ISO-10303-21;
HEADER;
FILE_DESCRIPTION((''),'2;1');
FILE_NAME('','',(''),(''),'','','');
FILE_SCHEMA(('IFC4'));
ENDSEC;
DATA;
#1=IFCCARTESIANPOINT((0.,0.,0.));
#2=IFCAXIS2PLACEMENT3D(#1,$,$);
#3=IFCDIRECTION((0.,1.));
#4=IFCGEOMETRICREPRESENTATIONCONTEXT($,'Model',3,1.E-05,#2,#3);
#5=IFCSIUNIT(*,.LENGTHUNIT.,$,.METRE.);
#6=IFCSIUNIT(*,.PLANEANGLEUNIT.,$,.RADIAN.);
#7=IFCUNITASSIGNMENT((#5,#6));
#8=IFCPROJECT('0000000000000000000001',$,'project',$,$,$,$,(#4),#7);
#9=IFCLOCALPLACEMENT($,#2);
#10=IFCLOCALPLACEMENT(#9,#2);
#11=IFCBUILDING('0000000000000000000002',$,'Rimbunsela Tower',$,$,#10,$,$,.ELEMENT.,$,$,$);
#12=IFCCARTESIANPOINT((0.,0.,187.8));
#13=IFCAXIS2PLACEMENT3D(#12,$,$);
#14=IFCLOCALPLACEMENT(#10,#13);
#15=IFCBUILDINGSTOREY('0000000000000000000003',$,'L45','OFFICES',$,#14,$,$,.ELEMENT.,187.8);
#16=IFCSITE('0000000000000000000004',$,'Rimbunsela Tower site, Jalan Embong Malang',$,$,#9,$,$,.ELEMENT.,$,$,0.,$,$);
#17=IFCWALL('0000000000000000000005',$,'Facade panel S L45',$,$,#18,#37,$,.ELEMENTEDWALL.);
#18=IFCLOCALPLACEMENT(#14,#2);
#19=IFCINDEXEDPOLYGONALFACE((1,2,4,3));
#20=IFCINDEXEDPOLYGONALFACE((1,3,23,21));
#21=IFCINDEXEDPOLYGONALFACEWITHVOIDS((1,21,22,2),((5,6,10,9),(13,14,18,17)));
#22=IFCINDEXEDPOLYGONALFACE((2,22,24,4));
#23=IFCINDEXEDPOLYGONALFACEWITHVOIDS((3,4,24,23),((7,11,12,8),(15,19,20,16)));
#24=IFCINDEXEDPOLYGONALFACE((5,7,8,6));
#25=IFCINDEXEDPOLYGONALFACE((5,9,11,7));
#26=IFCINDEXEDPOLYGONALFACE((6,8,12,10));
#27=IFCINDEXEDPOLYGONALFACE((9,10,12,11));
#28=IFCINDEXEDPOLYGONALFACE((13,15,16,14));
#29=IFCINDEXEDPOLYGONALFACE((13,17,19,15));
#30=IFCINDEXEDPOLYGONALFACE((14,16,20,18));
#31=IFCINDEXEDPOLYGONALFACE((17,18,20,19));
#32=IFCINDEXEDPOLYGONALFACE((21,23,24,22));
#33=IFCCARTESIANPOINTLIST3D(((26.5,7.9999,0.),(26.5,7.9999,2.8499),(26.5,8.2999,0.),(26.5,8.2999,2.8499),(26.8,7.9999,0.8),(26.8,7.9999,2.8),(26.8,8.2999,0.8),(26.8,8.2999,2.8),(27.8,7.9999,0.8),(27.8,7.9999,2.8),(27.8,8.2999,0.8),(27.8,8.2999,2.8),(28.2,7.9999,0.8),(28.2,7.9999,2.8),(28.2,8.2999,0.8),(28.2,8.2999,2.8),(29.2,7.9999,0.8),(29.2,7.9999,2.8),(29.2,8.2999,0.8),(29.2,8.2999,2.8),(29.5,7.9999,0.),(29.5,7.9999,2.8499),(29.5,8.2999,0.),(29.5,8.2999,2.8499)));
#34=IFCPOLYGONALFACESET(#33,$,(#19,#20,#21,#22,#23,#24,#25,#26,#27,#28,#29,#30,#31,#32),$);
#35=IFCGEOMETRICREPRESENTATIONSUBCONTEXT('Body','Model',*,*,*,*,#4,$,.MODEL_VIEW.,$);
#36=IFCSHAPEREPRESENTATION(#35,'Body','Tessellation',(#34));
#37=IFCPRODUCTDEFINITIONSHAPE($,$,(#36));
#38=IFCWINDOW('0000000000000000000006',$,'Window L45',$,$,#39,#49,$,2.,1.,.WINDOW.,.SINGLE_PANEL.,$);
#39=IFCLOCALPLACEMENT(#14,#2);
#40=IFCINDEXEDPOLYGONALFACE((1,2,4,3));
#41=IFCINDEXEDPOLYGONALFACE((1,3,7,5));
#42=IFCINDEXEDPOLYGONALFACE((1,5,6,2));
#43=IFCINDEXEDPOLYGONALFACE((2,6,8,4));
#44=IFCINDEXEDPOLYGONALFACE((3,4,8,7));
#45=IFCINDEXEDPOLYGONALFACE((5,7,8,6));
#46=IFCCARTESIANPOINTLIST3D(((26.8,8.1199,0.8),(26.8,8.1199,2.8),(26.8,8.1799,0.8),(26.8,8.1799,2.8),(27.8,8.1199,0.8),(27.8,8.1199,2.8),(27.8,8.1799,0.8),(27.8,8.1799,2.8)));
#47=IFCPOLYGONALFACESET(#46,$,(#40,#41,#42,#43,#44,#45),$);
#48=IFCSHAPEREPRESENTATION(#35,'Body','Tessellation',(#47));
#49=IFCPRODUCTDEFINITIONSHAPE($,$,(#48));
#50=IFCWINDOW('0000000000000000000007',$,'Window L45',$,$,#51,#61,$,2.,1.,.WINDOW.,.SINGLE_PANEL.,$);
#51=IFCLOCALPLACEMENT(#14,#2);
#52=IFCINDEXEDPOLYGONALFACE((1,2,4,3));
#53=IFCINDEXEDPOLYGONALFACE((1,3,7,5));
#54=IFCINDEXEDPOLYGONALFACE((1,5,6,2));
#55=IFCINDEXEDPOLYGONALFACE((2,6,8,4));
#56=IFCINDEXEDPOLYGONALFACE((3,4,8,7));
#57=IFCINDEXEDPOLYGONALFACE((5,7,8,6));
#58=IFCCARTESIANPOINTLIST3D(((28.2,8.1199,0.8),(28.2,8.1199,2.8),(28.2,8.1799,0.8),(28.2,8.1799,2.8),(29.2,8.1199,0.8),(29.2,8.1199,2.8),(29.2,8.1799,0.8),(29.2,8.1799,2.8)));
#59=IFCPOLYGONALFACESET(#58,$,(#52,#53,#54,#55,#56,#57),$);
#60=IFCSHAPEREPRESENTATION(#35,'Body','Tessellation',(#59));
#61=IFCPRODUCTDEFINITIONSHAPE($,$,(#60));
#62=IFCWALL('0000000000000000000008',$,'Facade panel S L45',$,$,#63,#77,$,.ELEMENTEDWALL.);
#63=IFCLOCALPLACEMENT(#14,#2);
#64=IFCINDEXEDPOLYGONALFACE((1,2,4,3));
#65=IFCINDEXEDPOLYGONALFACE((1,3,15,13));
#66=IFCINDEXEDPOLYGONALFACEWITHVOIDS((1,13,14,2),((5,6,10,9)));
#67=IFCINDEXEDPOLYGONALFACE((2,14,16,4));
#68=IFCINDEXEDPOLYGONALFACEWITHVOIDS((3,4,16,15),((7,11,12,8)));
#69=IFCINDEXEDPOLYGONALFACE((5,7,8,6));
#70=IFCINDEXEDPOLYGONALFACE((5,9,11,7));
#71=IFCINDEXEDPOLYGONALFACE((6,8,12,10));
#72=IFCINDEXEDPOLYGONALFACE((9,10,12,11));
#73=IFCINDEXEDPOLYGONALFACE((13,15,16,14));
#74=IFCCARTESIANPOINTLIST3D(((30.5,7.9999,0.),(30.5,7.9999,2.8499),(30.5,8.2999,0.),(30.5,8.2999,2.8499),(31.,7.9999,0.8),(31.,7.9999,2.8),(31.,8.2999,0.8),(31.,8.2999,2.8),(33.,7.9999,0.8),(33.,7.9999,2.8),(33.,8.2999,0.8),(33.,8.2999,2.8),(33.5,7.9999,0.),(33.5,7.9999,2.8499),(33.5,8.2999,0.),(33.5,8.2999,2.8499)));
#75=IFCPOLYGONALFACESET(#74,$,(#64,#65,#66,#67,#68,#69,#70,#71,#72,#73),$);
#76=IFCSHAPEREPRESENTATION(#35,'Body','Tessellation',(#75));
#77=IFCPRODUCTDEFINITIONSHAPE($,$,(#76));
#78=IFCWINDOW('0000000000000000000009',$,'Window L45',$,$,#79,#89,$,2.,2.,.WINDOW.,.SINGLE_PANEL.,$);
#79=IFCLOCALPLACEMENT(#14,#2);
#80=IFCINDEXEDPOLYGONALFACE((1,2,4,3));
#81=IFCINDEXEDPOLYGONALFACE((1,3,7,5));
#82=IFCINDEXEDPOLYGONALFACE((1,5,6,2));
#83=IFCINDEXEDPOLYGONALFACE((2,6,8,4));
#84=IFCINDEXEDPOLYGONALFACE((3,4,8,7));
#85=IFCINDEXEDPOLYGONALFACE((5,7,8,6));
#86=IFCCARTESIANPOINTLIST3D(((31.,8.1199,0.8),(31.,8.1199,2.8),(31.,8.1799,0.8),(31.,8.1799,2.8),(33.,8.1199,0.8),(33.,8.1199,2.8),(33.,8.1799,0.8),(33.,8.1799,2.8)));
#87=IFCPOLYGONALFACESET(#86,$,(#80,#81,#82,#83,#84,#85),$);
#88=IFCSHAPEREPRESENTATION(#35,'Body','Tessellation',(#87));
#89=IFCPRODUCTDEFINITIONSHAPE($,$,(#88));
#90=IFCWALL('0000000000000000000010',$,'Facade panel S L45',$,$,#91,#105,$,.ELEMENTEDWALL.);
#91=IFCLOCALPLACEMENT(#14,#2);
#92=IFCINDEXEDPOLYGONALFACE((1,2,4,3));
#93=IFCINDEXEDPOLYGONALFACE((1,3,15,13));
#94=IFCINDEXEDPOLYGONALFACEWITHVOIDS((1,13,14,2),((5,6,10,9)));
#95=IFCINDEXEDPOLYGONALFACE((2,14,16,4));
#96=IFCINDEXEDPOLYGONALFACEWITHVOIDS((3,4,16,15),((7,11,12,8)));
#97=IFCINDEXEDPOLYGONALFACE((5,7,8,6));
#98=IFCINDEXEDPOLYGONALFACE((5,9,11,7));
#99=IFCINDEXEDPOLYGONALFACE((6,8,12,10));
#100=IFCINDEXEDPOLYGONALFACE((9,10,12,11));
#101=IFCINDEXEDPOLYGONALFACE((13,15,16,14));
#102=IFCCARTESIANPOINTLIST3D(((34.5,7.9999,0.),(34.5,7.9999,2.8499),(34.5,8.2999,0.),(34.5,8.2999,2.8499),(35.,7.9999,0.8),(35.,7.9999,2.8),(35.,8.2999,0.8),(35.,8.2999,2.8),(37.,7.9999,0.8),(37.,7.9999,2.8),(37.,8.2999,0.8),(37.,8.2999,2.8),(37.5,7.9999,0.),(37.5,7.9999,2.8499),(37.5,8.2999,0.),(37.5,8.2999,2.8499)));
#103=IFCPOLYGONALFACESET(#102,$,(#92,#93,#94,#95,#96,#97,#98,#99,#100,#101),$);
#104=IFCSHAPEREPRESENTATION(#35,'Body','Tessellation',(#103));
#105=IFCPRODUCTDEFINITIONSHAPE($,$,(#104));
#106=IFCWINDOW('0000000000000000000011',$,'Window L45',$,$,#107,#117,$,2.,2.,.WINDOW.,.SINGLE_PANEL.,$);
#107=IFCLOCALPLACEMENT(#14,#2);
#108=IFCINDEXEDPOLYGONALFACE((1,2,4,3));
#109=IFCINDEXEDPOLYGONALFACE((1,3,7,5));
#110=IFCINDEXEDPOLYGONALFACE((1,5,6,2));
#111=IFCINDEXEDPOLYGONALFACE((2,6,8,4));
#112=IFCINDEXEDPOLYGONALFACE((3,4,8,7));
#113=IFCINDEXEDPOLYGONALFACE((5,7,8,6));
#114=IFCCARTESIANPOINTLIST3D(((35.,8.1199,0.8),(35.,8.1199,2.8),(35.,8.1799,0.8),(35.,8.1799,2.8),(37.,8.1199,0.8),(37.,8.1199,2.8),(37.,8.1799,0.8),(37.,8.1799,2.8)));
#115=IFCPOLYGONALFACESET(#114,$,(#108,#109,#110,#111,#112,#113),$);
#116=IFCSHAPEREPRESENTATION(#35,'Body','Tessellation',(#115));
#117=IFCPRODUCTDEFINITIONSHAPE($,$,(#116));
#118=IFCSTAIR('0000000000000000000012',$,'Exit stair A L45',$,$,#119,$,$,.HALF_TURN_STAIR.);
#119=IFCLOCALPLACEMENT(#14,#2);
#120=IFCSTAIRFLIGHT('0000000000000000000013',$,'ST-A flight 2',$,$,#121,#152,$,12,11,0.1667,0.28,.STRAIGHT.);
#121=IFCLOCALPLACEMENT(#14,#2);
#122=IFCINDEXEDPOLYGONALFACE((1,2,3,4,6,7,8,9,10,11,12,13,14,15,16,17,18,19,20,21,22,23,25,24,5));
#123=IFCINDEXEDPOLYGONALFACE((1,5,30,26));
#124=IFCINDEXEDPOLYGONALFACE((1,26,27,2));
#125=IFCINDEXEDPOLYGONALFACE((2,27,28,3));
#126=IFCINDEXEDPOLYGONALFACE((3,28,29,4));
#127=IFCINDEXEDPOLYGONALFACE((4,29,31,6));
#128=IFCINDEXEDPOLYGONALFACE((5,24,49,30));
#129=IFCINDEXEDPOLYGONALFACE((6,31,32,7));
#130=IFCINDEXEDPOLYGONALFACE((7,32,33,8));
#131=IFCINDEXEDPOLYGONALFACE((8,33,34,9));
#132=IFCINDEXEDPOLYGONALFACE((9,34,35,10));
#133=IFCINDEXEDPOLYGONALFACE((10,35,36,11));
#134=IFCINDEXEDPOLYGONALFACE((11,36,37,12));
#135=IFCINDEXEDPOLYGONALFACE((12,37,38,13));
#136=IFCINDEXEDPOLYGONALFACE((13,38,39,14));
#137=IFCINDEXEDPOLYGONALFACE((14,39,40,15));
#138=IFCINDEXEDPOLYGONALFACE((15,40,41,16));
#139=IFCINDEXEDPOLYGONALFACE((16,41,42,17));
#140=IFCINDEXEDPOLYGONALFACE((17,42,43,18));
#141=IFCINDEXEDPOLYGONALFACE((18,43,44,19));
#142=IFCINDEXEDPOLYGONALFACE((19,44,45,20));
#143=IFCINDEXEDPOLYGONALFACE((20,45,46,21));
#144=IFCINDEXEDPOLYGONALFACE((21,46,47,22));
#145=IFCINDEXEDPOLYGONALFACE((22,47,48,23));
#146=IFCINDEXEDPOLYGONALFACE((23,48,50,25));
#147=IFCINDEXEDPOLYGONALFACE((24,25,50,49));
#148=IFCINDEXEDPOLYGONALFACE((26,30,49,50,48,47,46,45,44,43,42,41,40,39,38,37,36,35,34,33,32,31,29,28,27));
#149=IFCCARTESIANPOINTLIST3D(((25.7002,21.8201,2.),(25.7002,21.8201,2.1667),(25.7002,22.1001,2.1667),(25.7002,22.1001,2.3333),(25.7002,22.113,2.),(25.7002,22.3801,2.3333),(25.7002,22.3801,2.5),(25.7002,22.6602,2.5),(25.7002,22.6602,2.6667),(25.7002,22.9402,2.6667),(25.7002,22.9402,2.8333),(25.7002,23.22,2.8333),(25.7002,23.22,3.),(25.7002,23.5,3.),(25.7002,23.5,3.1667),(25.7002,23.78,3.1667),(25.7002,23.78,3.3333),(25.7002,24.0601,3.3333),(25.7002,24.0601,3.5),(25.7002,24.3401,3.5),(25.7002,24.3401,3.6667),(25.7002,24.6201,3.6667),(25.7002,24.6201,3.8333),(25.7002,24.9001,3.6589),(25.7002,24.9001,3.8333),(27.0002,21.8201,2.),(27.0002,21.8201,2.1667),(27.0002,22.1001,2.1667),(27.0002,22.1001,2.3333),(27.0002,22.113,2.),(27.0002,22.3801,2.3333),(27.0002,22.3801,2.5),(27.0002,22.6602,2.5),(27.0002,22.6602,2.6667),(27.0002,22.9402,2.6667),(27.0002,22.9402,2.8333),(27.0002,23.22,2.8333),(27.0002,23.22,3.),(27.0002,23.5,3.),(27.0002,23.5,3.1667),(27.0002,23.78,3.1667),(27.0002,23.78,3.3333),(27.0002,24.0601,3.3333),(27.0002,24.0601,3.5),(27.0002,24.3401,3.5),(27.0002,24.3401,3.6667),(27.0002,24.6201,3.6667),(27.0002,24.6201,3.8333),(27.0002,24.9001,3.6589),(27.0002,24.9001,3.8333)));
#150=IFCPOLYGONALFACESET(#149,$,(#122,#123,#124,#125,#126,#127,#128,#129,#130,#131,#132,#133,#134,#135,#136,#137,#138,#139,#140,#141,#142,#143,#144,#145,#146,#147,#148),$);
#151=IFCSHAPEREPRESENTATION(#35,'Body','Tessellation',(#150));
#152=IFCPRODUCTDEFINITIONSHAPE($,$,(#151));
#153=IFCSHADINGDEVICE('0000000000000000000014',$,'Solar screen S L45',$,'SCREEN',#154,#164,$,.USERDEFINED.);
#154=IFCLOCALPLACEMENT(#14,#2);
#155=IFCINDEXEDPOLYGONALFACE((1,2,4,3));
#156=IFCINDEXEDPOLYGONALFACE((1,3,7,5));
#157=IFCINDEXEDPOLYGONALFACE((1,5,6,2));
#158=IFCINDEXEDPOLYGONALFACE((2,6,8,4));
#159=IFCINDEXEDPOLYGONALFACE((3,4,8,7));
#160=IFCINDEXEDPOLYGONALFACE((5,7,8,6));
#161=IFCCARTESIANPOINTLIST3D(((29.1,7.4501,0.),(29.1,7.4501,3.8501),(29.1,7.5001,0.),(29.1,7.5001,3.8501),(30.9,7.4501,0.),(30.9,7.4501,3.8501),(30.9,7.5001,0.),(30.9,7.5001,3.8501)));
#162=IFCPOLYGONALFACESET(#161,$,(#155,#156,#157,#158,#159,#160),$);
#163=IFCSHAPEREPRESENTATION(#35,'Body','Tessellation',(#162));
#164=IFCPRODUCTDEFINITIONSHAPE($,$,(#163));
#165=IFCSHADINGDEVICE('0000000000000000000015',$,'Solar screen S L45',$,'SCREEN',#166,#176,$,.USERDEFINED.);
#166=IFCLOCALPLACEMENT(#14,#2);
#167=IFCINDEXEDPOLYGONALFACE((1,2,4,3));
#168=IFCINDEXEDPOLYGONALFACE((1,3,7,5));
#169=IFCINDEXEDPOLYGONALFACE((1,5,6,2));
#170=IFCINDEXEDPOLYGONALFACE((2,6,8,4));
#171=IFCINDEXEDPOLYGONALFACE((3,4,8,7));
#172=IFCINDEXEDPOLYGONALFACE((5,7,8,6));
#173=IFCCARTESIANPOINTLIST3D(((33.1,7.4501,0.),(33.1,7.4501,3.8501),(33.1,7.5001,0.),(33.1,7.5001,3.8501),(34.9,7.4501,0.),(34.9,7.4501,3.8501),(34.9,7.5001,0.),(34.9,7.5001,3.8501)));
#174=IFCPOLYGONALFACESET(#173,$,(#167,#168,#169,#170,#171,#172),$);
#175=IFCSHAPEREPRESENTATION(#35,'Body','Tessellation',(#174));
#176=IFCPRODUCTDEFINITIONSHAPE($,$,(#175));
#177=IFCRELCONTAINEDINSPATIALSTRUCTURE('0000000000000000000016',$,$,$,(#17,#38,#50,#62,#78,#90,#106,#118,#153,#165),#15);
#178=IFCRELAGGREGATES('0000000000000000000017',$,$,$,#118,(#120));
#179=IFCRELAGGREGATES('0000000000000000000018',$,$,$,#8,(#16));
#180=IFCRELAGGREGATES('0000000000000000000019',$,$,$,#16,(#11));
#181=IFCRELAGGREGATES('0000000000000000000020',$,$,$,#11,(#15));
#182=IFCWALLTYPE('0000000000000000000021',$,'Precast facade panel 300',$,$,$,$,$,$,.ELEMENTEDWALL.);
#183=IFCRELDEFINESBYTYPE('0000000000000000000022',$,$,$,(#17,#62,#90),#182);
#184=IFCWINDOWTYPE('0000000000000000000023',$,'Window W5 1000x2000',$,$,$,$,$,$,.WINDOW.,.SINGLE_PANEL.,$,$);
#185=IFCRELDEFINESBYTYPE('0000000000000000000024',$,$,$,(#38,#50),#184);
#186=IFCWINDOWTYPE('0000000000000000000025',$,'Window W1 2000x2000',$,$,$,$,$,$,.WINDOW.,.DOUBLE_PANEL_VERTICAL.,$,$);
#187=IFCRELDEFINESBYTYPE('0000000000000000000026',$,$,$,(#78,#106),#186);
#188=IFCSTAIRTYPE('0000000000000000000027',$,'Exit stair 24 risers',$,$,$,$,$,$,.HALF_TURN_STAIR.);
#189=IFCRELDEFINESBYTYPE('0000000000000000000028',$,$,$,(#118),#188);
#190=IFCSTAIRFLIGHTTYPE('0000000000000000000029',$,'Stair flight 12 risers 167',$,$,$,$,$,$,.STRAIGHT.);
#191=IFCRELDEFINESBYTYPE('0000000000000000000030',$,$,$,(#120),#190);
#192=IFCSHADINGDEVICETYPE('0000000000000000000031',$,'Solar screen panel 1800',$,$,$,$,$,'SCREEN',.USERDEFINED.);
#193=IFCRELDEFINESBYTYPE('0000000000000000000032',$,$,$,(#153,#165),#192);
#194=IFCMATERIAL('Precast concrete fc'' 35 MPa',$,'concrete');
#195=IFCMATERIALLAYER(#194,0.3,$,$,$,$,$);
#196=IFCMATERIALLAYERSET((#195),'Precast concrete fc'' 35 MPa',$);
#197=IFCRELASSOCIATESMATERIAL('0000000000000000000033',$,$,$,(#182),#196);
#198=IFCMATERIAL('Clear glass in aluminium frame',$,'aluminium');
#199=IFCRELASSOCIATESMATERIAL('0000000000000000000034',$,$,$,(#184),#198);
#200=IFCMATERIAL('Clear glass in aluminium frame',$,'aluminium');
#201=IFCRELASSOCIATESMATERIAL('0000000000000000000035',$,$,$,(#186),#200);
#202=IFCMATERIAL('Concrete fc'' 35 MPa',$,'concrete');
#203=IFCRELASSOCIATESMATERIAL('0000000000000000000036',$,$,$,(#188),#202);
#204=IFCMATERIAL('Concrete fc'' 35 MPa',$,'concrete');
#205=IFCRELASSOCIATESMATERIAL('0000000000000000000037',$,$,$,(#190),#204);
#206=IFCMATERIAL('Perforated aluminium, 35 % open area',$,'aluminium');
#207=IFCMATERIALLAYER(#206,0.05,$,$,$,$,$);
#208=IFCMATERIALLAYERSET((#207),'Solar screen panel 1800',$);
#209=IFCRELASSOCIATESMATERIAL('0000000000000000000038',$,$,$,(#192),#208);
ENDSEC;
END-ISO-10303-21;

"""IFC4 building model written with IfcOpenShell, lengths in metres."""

from ifc_helpers import new_model, si_unit, direction, frame, frame_2d, origin, origin_2d, place, context, subcontext, project, spatial, polyline, rectangle, outline, extrude, material, layer, layer_set, type_object, element, fill, aggregate, save


model = new_model("IFC4")

# Units and contexts
model_context = context("Model", 3, precision=1e-05, world=origin(), true_north=direction((0.0, 1.0)))
body_context = subcontext(model_context, "Body", "Model", "MODEL_VIEW")
ifc_project = project(units=[si_unit("LENGTHUNIT", "METRE"), si_unit("PLANEANGLEUNIT", "RADIAN")], contexts=[model_context])

# Site, building, storey
site_placement = place(None, origin())
site = spatial("IfcSite", under=ifc_project, at=site_placement, Name="Rimbunsela Tower site, Jalan Embong Malang", CompositionType="ELEMENT", RefElevation=0.0)
building_placement = place(site_placement, origin())
building = spatial("IfcBuilding", under=site, at=building_placement, Name="Rimbunsela Tower", CompositionType="ELEMENT")
storey_placement = place(building_placement, frame((0.0, 0.0, 187.8)))
storey = spatial("IfcBuildingStorey", under=building, at=storey_placement, Name="L45", Description="OFFICES", CompositionType="ELEMENT", Elevation=187.8)

# Wall, openings, windows
ifc_material_1 = material(Name="Precast concrete fc' 35 MPa", Category="concrete")
ifc_layer_1 = layer(ifc_material_1, 0.3)
ifc_layer_set_1 = layer_set([ifc_layer_1], Name="Precast concrete fc' 35 MPa")
wall_type_1 = type_object("IfcWallType", Name="Precast facade panel 300", PredefinedType="ELEMENTEDWALL", material=ifc_layer_set_1)
wall_1_placement = place(storey_placement, frame((26.5, 8.1499, 0.0), z_axis=(0.0, 0.0, 1.0), x_axis=(1.0, 0.0, 0.0)))
wall_1 = element("IfcWall", 1, at=wall_1_placement, inside=storey, type_object=wall_type_1, Name="Facade panel S L45", PredefinedType="ELEMENTEDWALL", context=body_context, shape_type="SweptSolid", body=[
    extrude(rectangle(XDim=3.0, YDim=0.3, at=frame_2d((1.5, 0.0))), origin(), (0.0, 0.0, 1.0), 2.8499),
])
opening_1_placement = place(wall_1_placement, frame((0.3, 0.0, 0.8)))
opening_1 = element("IfcOpeningElement", 2, at=opening_1_placement, cuts=wall_1, PredefinedType="OPENING", context=body_context, shape_type="SweptSolid", body=[
    extrude(rectangle(XDim=1.0, YDim=2.0, at=frame_2d((0.5, 1.0))), frame((0.0, 0.1599, 0.0), z_axis=(0.0, -1.0, 0.0), x_axis=(1.0, 0.0, 0.0)), (0.0, 0.0, 1.0), 0.3201),
])
opening_2_placement = place(wall_1_placement, frame((1.7, 0.0, 0.8)))
opening_2 = element("IfcOpeningElement", 3, at=opening_2_placement, cuts=wall_1, PredefinedType="OPENING", context=body_context, shape_type="SweptSolid", body=[
    extrude(rectangle(XDim=1.0, YDim=2.0, at=frame_2d((0.5, 1.0))), frame((0.0, 0.1599, 0.0), z_axis=(0.0, -1.0, 0.0), x_axis=(1.0, 0.0, 0.0)), (0.0, 0.0, 1.0), 0.3201),
])
ifc_material_2 = material(Name="Clear glass in aluminium frame", Category="aluminium")
window_type_1 = type_object("IfcWindowType", Name="Window W5 1000x2000", PartitioningType="SINGLE_PANEL", PredefinedType="WINDOW", material=ifc_material_2)
window_1_placement = place(opening_1_placement, origin())
window_1 = element("IfcWindow", 4, at=window_1_placement, inside=storey, type_object=window_type_1, Name="Window L45", OverallHeight=2.0, OverallWidth=1.0, PartitioningType="SINGLE_PANEL", PredefinedType="WINDOW", context=body_context, shape_type="SweptSolid", body=[
    extrude(rectangle(XDim=1.0, YDim=2.0, at=frame_2d((0.5, 1.0))), frame((0.0, 0.03, 0.0), z_axis=(0.0, -1.0, 0.0), x_axis=(1.0, 0.0, 0.0)), (0.0, 0.0, 1.0), 0.0601),
])
fill(opening_1, window_1)
window_2_placement = place(opening_2_placement, origin())
window_2 = element("IfcWindow", 5, at=window_2_placement, inside=storey, type_object=window_type_1, Name="Window L45", OverallHeight=2.0, OverallWidth=1.0, PartitioningType="SINGLE_PANEL", PredefinedType="WINDOW", context=body_context, shape_type="SweptSolid", body=[
    extrude(rectangle(XDim=1.0, YDim=2.0, at=frame_2d((0.5, 1.0))), frame((0.0, 0.03, 0.0), z_axis=(0.0, -1.0, 0.0), x_axis=(1.0, 0.0, 0.0)), (0.0, 0.0, 1.0), 0.0601),
])
fill(opening_2, window_2)

# Walls, openings, windows
wall_2_placement = place(storey_placement, frame((30.5, 8.1499, 0.0), z_axis=(0.0, 0.0, 1.0), x_axis=(1.0, 0.0, 0.0)))
wall_2 = element("IfcWall", 6, at=wall_2_placement, inside=storey, type_object=wall_type_1, Name="Facade panel S L45", PredefinedType="ELEMENTEDWALL", context=body_context, shape_type="SweptSolid", body=[
    extrude(rectangle(XDim=3.0, YDim=0.3, at=frame_2d((1.5, 0.0))), origin(), (0.0, 0.0, 1.0), 2.8499),
])
opening_3_placement = place(wall_2_placement, frame((0.5, 0.0, 0.8)))
opening_3 = element("IfcOpeningElement", 7, at=opening_3_placement, cuts=wall_2, PredefinedType="OPENING", context=body_context, shape_type="SweptSolid", body=[
    extrude(rectangle(XDim=2.0, YDim=2.0, at=frame_2d((1.0, 1.0))), frame((0.0, 0.1599, 0.0), z_axis=(0.0, -1.0, 0.0), x_axis=(1.0, 0.0, 0.0)), (0.0, 0.0, 1.0), 0.3201),
])
ifc_material_3 = material(Name="Clear glass in aluminium frame", Category="aluminium")
window_type_2 = type_object("IfcWindowType", Name="Window W1 2000x2000", PartitioningType="DOUBLE_PANEL_VERTICAL", PredefinedType="WINDOW", material=ifc_material_3)
window_3_placement = place(opening_3_placement, origin())
window_3 = element("IfcWindow", 8, at=window_3_placement, inside=storey, type_object=window_type_2, Name="Window L45", OverallHeight=2.0, OverallWidth=2.0, PartitioningType="SINGLE_PANEL", PredefinedType="WINDOW", context=body_context, shape_type="SweptSolid", body=[
    extrude(rectangle(XDim=2.0, YDim=2.0, at=frame_2d((1.0, 1.0))), frame((0.0, 0.03, 0.0), z_axis=(0.0, -1.0, 0.0), x_axis=(1.0, 0.0, 0.0)), (0.0, 0.0, 1.0), 0.0601),
])
fill(opening_3, window_3)
wall_3_placement = place(storey_placement, frame((34.5, 8.1499, 0.0), z_axis=(0.0, 0.0, 1.0), x_axis=(1.0, 0.0, 0.0)))
wall_3 = element("IfcWall", 9, at=wall_3_placement, inside=storey, type_object=wall_type_1, Name="Facade panel S L45", PredefinedType="ELEMENTEDWALL", context=body_context, shape_type="SweptSolid", body=[
    extrude(rectangle(XDim=3.0, YDim=0.3, at=frame_2d((1.5, 0.0))), origin(), (0.0, 0.0, 1.0), 2.8499),
])
opening_4_placement = place(wall_3_placement, frame((0.5, 0.0, 0.8)))
opening_4 = element("IfcOpeningElement", 10, at=opening_4_placement, cuts=wall_3, PredefinedType="OPENING", context=body_context, shape_type="SweptSolid", body=[
    extrude(rectangle(XDim=2.0, YDim=2.0, at=frame_2d((1.0, 1.0))), frame((0.0, 0.1599, 0.0), z_axis=(0.0, -1.0, 0.0), x_axis=(1.0, 0.0, 0.0)), (0.0, 0.0, 1.0), 0.3201),
])
window_4_placement = place(opening_4_placement, origin())
window_4 = element("IfcWindow", 11, at=window_4_placement, inside=storey, type_object=window_type_2, Name="Window L45", OverallHeight=2.0, OverallWidth=2.0, PartitioningType="SINGLE_PANEL", PredefinedType="WINDOW", context=body_context, shape_type="SweptSolid", body=[
    extrude(rectangle(XDim=2.0, YDim=2.0, at=frame_2d((1.0, 1.0))), frame((0.0, 0.03, 0.0), z_axis=(0.0, -1.0, 0.0), x_axis=(1.0, 0.0, 0.0)), (0.0, 0.0, 1.0), 0.0601),
])
fill(opening_4, window_4)

# Stair, stair flight
ifc_material_4 = material(Name="Concrete fc' 35 MPa", Category="concrete")
stair_type = type_object("IfcStairType", Name="Exit stair 24 risers", PredefinedType="HALF_TURN_STAIR", material=ifc_material_4)
stair_placement = place(storey_placement, origin())
stair = element("IfcStair", 12, at=stair_placement, inside=storey, type_object=stair_type, Name="Exit stair A L45", PredefinedType="HALF_TURN_STAIR")
ifc_material_5 = material(Name="Concrete fc' 35 MPa", Category="concrete")
stair_flight_type = type_object("IfcStairFlightType", Name="Stair flight 12 risers 167", PredefinedType="STRAIGHT", material=ifc_material_5)
stair_flight_placement = place(storey_placement, frame((26.3501, 21.8201, 2.0), z_axis=(0.0, 0.0, 1.0), x_axis=(0.0, 1.0, 0.0)))
stair_flight = element("IfcStairFlight", 13, at=stair_flight_placement, type_object=stair_flight_type, Name="ST-A flight 2", NumberOfRisers=12, NumberOfTreads=11, PredefinedType="STRAIGHT", RiserHeight=0.1667, TreadLength=0.28, context=body_context, shape_type="SweptSolid", body=[
    extrude(outline(polyline([(0.0, 0.0), (0.0, 0.1667), (0.28, 0.1667), (0.28, 0.3333), (0.5601, 0.3333), (0.5601, 0.5), (0.8401, 0.5), (0.8401, 0.6667), (1.1201, 0.6667), (1.1201, 0.8333), (1.3999, 0.8333), (1.3999, 1.0), (1.6799, 1.0), (1.6799, 1.1667), (1.96, 1.1667), (1.96, 1.3333), (2.24, 1.3333), (2.24, 1.5), (2.52, 1.5), (2.52, 1.6667), (2.8, 1.6667), (2.8, 1.8333), (3.0801, 1.8333), (3.0801, 2.0), (3.0801, 1.6589), (0.293, 0.0), (0.0, 0.0)])), frame((0.0, 0.6499, 0.0), z_axis=(0.0, -1.0, 0.0), x_axis=(1.0, 0.0, 0.0)), (0.0, 0.0, 1.0), 1.3),
])
aggregate(stair, [stair_flight])

# Shading devices
ifc_material_6 = material(Name="Perforated aluminium, 35 % open area", Category="aluminium")
ifc_layer_2 = layer(ifc_material_6, 0.05)
ifc_layer_set_2 = layer_set([ifc_layer_2], Name="Solar screen panel 1800")
shading_device_type = type_object("IfcShadingDeviceType", Name="Solar screen panel 1800", ElementType="SCREEN", PredefinedType="USERDEFINED", material=ifc_layer_set_2)
for number, where, z_axis, x_axis, name in (
    (14, (30.0, 7.4751, 0.0), (0.0, 0.0, 1.0), (1.0, 0.0, 0.0), "Solar screen S L45"),
    (15, (34.0, 7.4751, 0.0), (0.0, 0.0, 1.0), (1.0, 0.0, 0.0), "Solar screen S L45"),
):
    element("IfcShadingDevice", number, at=place(storey_placement, frame(where, z_axis=z_axis, x_axis=x_axis)), inside=storey, type_object=shading_device_type, Name=name, ObjectType="SCREEN", PredefinedType="USERDEFINED", context=body_context, shape_type="SweptSolid", body=[
        extrude(rectangle(XDim=1.8, YDim=0.05, at=origin_2d()), origin(), (0.0, 0.0, 1.0), 3.8501),
    ])

save(model, "model.ifc")
